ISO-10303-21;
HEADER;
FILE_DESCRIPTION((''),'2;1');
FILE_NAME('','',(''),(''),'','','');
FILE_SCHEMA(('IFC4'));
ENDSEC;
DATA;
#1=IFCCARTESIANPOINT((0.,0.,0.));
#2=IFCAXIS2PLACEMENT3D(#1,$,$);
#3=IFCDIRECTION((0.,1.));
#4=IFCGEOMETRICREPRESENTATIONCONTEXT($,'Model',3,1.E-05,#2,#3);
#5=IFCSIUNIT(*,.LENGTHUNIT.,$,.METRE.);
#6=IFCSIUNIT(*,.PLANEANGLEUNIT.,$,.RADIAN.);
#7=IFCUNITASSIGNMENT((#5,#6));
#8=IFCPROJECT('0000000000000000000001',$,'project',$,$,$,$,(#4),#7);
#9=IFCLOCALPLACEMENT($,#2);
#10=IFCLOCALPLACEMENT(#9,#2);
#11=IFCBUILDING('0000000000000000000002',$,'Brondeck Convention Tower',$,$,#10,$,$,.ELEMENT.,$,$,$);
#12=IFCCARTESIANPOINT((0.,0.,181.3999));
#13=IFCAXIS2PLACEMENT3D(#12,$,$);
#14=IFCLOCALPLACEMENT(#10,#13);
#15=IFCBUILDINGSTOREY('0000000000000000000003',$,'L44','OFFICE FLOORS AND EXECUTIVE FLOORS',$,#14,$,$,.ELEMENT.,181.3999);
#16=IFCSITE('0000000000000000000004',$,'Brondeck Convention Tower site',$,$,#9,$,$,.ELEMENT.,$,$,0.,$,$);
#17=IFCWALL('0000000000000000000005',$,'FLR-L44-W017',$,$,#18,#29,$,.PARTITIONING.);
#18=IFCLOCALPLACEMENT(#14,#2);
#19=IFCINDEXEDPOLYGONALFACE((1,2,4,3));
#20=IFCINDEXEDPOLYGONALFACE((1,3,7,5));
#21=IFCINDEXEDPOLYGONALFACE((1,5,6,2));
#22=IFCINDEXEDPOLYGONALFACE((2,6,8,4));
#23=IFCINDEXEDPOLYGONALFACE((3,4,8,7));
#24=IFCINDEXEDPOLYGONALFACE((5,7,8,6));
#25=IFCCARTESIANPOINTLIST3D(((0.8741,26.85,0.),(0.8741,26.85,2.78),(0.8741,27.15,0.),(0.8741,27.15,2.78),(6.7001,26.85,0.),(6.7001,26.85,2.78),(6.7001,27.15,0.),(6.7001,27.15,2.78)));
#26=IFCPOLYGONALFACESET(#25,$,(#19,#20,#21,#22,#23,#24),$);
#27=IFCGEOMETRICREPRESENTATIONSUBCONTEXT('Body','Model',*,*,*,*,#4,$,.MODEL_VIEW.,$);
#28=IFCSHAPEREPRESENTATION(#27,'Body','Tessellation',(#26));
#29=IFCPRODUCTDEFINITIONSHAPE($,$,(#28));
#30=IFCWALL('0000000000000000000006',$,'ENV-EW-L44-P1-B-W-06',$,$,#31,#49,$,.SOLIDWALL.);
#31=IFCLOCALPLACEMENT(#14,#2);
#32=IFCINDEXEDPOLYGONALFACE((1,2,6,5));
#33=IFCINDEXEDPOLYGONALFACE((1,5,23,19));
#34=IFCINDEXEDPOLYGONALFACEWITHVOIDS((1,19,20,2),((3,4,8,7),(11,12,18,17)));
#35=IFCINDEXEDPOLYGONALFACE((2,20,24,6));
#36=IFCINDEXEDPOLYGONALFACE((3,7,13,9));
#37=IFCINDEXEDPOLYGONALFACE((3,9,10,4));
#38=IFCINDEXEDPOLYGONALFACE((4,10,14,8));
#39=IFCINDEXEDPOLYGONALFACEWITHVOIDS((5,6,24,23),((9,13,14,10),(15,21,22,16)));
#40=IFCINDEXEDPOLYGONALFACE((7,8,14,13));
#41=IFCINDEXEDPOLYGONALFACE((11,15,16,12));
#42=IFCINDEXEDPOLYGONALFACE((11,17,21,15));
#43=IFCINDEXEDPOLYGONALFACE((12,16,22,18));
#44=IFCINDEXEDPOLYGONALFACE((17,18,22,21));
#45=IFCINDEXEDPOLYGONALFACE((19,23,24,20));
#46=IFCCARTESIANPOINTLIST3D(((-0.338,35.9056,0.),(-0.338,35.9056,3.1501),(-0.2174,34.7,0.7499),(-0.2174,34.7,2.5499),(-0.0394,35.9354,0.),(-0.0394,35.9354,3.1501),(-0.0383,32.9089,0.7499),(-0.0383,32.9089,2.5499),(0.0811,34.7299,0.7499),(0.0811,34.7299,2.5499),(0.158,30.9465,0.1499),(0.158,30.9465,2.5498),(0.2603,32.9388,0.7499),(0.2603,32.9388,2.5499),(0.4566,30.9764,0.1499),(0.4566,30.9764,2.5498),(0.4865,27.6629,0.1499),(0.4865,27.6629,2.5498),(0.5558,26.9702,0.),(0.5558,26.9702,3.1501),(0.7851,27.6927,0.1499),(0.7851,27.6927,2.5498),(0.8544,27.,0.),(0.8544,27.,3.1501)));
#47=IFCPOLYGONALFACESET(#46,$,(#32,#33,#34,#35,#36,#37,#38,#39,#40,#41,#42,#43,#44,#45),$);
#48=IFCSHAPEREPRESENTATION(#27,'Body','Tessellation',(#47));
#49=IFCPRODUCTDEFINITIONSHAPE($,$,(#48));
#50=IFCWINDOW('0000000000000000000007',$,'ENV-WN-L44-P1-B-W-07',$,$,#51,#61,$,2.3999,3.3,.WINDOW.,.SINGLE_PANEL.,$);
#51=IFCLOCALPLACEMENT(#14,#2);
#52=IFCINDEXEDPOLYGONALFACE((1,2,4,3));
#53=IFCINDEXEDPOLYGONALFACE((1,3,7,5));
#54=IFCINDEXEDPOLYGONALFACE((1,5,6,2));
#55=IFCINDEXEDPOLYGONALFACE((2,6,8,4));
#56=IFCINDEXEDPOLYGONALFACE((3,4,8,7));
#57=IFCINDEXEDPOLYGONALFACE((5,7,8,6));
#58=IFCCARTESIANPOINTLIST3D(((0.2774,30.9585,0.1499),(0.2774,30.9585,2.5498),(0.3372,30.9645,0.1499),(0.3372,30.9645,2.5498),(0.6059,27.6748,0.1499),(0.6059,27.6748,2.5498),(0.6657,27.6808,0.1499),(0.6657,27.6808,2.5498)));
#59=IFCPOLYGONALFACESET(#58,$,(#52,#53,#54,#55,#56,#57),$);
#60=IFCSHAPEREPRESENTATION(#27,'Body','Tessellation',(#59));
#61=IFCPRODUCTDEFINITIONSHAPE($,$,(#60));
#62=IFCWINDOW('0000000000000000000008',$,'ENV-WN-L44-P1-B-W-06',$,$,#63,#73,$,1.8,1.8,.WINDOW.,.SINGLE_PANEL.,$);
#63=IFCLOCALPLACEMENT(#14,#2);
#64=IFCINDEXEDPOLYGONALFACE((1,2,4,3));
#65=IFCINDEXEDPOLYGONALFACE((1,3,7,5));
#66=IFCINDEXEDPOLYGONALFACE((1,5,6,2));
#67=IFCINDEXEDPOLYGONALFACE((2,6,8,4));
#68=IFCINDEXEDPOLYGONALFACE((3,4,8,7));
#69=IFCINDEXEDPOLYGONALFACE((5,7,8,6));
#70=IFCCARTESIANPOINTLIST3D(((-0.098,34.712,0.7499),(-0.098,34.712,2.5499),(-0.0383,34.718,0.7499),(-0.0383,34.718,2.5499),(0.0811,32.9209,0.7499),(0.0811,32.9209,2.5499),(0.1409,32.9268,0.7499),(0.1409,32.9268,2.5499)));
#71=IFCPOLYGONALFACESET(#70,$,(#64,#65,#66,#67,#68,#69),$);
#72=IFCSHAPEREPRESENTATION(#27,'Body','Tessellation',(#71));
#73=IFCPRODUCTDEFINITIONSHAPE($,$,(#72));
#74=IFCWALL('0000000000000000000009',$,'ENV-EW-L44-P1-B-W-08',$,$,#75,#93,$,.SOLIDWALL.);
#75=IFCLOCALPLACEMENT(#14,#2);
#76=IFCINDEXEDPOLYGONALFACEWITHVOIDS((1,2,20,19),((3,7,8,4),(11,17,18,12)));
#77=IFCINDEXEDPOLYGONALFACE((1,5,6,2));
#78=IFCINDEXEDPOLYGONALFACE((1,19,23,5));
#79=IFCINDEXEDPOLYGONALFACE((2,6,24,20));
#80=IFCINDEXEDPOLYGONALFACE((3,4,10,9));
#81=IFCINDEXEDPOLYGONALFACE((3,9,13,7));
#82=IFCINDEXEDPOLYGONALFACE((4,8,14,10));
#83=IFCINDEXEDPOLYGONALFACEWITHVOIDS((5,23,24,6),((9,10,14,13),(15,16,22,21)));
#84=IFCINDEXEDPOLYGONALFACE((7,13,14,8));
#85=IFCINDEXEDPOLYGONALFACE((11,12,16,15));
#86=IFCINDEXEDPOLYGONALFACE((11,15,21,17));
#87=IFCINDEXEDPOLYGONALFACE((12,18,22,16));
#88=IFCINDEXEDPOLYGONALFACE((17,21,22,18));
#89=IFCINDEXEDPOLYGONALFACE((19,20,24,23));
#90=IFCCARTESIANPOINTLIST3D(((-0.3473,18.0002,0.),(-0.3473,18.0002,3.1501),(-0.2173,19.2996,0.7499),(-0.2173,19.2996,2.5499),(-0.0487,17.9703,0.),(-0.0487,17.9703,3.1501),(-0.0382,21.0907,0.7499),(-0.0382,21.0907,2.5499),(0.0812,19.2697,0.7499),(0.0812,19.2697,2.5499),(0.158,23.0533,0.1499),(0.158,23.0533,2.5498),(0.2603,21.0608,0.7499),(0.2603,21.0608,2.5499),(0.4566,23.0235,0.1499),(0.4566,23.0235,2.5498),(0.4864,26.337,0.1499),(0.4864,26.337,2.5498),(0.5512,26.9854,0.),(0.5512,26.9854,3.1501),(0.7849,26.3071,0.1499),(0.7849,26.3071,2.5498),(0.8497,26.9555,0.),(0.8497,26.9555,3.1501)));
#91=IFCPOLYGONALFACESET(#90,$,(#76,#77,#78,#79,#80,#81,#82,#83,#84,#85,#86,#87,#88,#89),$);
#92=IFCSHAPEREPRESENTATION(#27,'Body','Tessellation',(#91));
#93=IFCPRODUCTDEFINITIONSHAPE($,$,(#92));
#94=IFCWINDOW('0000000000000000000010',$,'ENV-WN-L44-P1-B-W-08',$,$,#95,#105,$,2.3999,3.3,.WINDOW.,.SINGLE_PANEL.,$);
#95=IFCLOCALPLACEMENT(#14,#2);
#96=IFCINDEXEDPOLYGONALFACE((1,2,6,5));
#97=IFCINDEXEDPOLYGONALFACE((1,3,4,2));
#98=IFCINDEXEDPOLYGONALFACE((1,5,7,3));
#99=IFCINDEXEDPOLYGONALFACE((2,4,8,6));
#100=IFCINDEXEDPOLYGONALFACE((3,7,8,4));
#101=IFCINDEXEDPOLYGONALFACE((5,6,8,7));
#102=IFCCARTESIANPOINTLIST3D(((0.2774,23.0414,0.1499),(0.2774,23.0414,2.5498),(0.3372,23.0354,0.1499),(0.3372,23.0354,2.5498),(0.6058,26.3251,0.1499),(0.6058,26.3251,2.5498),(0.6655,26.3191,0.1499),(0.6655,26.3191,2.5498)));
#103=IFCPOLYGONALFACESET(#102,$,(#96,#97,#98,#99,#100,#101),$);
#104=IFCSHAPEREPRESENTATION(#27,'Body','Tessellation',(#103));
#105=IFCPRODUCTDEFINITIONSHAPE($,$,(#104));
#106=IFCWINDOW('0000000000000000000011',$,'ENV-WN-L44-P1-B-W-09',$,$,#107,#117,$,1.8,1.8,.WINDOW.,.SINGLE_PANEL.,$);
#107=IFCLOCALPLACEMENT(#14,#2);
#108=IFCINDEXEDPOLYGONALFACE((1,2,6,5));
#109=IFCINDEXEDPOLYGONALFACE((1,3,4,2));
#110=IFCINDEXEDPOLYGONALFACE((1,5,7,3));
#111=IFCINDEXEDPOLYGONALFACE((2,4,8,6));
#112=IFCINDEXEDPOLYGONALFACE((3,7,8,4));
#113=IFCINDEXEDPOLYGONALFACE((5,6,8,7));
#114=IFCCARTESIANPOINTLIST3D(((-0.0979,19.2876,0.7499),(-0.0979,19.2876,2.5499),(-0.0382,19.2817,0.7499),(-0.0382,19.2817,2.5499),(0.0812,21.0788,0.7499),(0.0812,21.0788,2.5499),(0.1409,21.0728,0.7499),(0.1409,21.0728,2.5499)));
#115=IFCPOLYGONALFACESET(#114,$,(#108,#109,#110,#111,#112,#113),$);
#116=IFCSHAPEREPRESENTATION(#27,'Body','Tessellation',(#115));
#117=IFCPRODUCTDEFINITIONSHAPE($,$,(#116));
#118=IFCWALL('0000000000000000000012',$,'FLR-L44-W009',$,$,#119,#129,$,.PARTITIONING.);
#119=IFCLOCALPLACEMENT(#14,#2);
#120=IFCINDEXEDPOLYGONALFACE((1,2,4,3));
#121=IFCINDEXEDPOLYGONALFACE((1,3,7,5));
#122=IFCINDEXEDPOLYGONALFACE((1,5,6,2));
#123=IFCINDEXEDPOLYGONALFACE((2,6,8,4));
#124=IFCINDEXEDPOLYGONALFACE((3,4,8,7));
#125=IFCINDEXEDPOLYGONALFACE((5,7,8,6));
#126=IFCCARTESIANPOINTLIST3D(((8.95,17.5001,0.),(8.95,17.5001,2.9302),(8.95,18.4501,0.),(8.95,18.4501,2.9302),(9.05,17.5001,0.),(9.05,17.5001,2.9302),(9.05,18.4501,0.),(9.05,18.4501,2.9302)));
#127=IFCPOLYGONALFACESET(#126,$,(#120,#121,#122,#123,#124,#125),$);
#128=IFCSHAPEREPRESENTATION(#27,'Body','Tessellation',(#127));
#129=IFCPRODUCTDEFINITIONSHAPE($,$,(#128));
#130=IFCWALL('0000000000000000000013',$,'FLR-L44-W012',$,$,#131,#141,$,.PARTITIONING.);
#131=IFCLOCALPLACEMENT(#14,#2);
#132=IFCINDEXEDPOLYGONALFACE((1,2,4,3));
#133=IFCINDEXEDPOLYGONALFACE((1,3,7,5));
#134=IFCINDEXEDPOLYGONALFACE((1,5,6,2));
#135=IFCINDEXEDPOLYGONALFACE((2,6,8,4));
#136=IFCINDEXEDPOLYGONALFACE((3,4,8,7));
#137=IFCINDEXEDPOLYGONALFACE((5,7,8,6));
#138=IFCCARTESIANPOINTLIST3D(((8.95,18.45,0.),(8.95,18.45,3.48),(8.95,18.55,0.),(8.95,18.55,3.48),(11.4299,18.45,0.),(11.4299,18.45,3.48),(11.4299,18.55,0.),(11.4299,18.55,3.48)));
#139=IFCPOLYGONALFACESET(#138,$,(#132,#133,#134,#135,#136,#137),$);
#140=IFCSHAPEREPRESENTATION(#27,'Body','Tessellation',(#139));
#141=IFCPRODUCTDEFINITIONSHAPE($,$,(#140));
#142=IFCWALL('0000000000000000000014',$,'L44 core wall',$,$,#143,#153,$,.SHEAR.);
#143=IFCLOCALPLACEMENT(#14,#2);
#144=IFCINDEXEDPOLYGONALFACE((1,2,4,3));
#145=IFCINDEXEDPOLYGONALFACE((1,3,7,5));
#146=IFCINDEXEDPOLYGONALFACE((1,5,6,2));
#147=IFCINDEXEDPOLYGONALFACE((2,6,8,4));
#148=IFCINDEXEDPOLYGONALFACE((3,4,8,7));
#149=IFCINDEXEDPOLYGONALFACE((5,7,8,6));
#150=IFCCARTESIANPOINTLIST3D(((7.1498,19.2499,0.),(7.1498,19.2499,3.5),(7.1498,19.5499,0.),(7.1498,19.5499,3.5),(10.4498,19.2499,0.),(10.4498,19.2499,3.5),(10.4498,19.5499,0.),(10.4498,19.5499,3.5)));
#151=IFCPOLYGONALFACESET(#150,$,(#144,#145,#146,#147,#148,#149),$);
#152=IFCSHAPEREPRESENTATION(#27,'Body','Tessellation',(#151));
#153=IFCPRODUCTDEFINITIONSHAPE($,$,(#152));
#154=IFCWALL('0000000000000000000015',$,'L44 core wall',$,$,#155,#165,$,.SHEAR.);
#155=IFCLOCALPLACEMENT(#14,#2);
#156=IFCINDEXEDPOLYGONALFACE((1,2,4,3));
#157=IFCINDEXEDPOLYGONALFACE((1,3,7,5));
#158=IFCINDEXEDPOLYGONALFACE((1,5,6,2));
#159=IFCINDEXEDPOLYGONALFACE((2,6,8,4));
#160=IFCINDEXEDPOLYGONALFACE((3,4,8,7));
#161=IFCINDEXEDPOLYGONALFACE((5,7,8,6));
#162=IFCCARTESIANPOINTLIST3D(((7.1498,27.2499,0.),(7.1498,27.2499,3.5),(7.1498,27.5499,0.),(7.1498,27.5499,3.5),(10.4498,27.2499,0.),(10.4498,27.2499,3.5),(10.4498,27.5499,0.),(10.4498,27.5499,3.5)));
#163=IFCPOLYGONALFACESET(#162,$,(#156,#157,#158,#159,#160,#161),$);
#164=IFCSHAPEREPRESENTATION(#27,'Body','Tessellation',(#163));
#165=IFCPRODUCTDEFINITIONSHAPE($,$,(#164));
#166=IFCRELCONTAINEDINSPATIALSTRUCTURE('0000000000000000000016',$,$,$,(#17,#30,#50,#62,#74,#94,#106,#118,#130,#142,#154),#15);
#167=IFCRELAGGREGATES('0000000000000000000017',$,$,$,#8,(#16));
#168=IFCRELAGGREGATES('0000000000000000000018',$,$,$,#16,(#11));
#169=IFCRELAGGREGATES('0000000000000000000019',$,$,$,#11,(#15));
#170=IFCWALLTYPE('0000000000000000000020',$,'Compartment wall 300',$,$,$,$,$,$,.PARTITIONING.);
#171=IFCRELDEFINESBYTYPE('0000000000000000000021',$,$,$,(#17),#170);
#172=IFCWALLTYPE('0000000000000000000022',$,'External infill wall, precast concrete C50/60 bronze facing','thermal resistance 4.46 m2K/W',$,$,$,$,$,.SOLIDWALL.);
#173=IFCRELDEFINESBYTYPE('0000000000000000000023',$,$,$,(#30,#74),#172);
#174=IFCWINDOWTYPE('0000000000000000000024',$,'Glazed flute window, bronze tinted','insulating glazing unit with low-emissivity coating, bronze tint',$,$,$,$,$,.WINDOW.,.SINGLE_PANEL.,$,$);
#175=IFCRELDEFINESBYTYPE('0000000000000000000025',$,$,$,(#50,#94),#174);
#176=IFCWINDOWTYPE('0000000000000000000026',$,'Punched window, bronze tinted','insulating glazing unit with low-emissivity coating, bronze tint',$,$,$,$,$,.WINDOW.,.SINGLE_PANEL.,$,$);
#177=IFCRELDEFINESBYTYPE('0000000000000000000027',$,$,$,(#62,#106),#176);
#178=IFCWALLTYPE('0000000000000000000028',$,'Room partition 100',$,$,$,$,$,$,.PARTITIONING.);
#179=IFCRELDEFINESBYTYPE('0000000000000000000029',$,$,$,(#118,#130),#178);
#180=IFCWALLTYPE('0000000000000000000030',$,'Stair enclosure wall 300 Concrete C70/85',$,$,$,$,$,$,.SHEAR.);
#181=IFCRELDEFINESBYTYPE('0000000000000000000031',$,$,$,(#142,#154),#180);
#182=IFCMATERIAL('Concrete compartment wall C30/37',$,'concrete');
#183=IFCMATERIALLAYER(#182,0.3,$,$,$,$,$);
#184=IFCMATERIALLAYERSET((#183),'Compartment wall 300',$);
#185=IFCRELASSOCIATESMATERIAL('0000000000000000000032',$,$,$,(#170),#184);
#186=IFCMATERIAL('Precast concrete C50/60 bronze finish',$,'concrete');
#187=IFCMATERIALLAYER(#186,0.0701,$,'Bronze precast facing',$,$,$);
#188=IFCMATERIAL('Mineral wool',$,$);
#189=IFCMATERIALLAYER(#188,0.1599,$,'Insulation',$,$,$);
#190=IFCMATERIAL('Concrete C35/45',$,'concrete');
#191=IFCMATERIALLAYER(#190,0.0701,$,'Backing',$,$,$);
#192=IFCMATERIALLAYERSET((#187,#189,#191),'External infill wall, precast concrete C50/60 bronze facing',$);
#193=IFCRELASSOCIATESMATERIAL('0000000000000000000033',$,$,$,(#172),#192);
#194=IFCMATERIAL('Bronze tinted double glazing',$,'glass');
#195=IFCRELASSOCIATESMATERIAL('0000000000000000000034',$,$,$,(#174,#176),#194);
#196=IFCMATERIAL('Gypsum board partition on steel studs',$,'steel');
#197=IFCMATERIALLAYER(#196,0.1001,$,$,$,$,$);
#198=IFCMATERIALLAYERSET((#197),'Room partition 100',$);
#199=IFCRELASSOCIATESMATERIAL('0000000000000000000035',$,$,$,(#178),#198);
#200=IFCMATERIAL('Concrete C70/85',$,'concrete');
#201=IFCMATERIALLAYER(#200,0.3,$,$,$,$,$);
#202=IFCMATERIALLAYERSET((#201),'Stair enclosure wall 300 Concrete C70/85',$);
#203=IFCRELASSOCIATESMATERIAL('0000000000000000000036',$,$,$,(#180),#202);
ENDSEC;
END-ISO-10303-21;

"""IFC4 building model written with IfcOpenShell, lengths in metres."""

from ifc_helpers import new_model, si_unit, direction, frame, frame_2d, origin, place, context, subcontext, project, spatial, rectangle, extrude, material, layer, layer_set, type_object, element, fill, save


model = new_model("IFC4")

# Units and contexts
model_context = context("Model", 3, precision=1e-05, world=origin(), true_north=direction((0.0, 1.0)))
body_context = subcontext(model_context, "Body", "Model", "MODEL_VIEW")
ifc_project = project(units=[si_unit("LENGTHUNIT", "METRE"), si_unit("PLANEANGLEUNIT", "RADIAN")], contexts=[model_context])

# Site, building, storey
site_placement = place(None, origin())
site = spatial("IfcSite", under=ifc_project, at=site_placement, Name="Brondeck Convention Tower site", CompositionType="ELEMENT", RefElevation=0.0)
building_placement = place(site_placement, origin())
building = spatial("IfcBuilding", under=site, at=building_placement, Name="Brondeck Convention Tower", CompositionType="ELEMENT")
storey_placement = place(building_placement, frame((0.0, 0.0, 181.3999)))
storey = spatial("IfcBuildingStorey", under=building, at=storey_placement, Name="L44", Description="OFFICE FLOORS AND EXECUTIVE FLOORS", CompositionType="ELEMENT", Elevation=181.3999)

# Shared definitions
ifc_material_1 = material(Name="Concrete C70/85", Category="concrete")

# Wall
ifc_material_2 = material(Name="Concrete compartment wall C30/37", Category="concrete")
ifc_layer_1 = layer(ifc_material_2, 0.3)
ifc_layer_set_1 = layer_set([ifc_layer_1], Name="Compartment wall 300")
wall_type_1 = type_object("IfcWallType", Name="Compartment wall 300", PredefinedType="PARTITIONING", material=ifc_layer_set_1)
wall_1_placement = place(storey_placement, frame((0.874, 27.0, 0.0), z_axis=(0.0, 0.0, 1.0), x_axis=(1.0, 0.0, 0.0)))
element("IfcWall", 1, at=wall_1_placement, inside=storey, type_object=wall_type_1, Name="FLR-L44-W017", PredefinedType="PARTITIONING", context=body_context, shape_type="SweptSolid", body=[
    extrude(rectangle(XDim=5.8259, YDim=0.3, at=frame_2d((2.9131, 0.0))), origin(), (0.0, 0.0, 1.0), 2.78),
])

# Walls, openings, windows
ifc_material_3 = material(Name="Precast concrete C50/60 bronze finish", Category="concrete")
ifc_layer_2 = layer(ifc_material_3, 0.0701, Name="Bronze precast facing")
ifc_material_4 = material(Name="Mineral wool")
ifc_layer_3 = layer(ifc_material_4, 0.1599, Name="Insulation")
ifc_material_5 = material(Name="Concrete C35/45", Category="concrete")
ifc_layer_4 = layer(ifc_material_5, 0.0701, Name="Backing")
ifc_layer_set_2 = layer_set([ifc_layer_2, ifc_layer_3, ifc_layer_4], Name="External infill wall, precast concrete C50/60 bronze facing")
wall_type_2 = type_object("IfcWallType", Name="External infill wall, precast concrete C50/60 bronze facing", Description="thermal resistance 4.46 m2K/W", PredefinedType="SOLIDWALL", material=ifc_layer_set_2)
wall_2_placement = place(storey_placement, frame((0.7051, 26.9851, 0.0), z_axis=(0.0, 0.0, 1.0), x_axis=(-0.099533, 0.995034, 0.0)))
wall_2 = element("IfcWall", 2, at=wall_2_placement, inside=storey, type_object=wall_type_2, Name="ENV-EW-L44-P1-B-W-06", PredefinedType="SOLIDWALL", context=body_context, shape_type="SweptSolid", body=[
    extrude(rectangle(XDim=8.98, YDim=0.3, at=frame_2d((4.49, 0.0))), origin(), (0.0, 0.0, 1.0), 3.1501),
])
opening_1_placement = place(wall_2_placement, frame((0.6963, 0.0, 0.1499)))
opening_1 = element("IfcOpeningElement", 3, at=opening_1_placement, cuts=wall_2, PredefinedType="OPENING", context=body_context, shape_type="SweptSolid", body=[
    extrude(rectangle(XDim=3.3, YDim=2.3999, at=frame_2d((1.6499, 1.2))), frame((0.0, 0.1599, 0.0), z_axis=(0.0, -1.0, 0.0), x_axis=(1.0, 0.0, 0.0)), (0.0, 0.0, 1.0), 0.3201),
])
opening_2_placement = place(wall_2_placement, frame((5.9685, 0.0, 0.75)))
opening_2 = element("IfcOpeningElement", 4, at=opening_2_placement, cuts=wall_2, PredefinedType="OPENING", context=body_context, shape_type="SweptSolid", body=[
    extrude(rectangle(XDim=1.8, YDim=1.8, at=frame_2d((0.8999, 0.8999))), frame((0.0, 0.1599, 0.0), z_axis=(0.0, -1.0, 0.0), x_axis=(1.0, 0.0, 0.0)), (0.0, 0.0, 1.0), 0.3201),
])
ifc_material_6 = material(Name="Bronze tinted double glazing", Category="glass")
window_type_1 = type_object("IfcWindowType", Name="Glazed flute window, bronze tinted", Description="insulating glazing unit with low-emissivity coating, bronze tint", PartitioningType="SINGLE_PANEL", PredefinedType="WINDOW", material=ifc_material_6)
window_1_placement = place(opening_1_placement, origin())
window_1 = element("IfcWindow", 5, at=window_1_placement, inside=storey, type_object=window_type_1, Name="ENV-WN-L44-P1-B-W-07", OverallHeight=2.3999, OverallWidth=3.3, PartitioningType="SINGLE_PANEL", PredefinedType="WINDOW", context=body_context, shape_type="SweptSolid", body=[
    extrude(rectangle(XDim=3.3, YDim=2.3999, at=frame_2d((1.6499, 1.2))), frame((0.0, 0.03, 0.0), z_axis=(0.0, -1.0, 0.0), x_axis=(1.0, 0.0, 0.0)), (0.0, 0.0, 1.0), 0.0601),
])
fill(opening_1, window_1)
window_type_2 = type_object("IfcWindowType", Name="Punched window, bronze tinted", Description="insulating glazing unit with low-emissivity coating, bronze tint", PartitioningType="SINGLE_PANEL", PredefinedType="WINDOW", material=ifc_material_6)
window_2_placement = place(opening_2_placement, origin())
window_2 = element("IfcWindow", 6, at=window_2_placement, inside=storey, type_object=window_type_2, Name="ENV-WN-L44-P1-B-W-06", OverallHeight=1.8, OverallWidth=1.8, PartitioningType="SINGLE_PANEL", PredefinedType="WINDOW", context=body_context, shape_type="SweptSolid", body=[
    extrude(rectangle(XDim=1.8, YDim=1.8, at=frame_2d((0.8999, 0.8999))), frame((0.0, 0.03, 0.0), z_axis=(0.0, -1.0, 0.0), x_axis=(1.0, 0.0, 0.0)), (0.0, 0.0, 1.0), 0.0601),
])
fill(opening_2, window_2)
wall_3_placement = place(storey_placement, frame((-0.198, 17.9851, 0.0), z_axis=(0.0, 0.0, 1.0), x_axis=(0.099496, 0.995038, 0.0)))
wall_3 = element("IfcWall", 7, at=wall_3_placement, inside=storey, type_object=wall_type_2, Name="ENV-EW-L44-P1-B-W-08", PredefinedType="SOLIDWALL", context=body_context, shape_type="SweptSolid", body=[
    extrude(rectangle(XDim=9.03, YDim=0.3, at=frame_2d((4.5151, 0.0))), origin(), (0.0, 0.0, 1.0), 3.1501),
])
opening_3_placement = place(wall_3_placement, frame((1.3062, 0.0, 0.75)))
opening_3 = element("IfcOpeningElement", 8, at=opening_3_placement, cuts=wall_3, PredefinedType="OPENING", context=body_context, shape_type="SweptSolid", body=[
    extrude(rectangle(XDim=1.8, YDim=1.8, at=frame_2d((0.8999, 0.8999))), frame((0.0, 0.1599, 0.0), z_axis=(0.0, -1.0, 0.0), x_axis=(1.0, 0.0, 0.0)), (0.0, 0.0, 1.0), 0.3201),
])
opening_4_placement = place(wall_3_placement, frame((5.0786, 0.0, 0.1499)))
opening_4 = element("IfcOpeningElement", 9, at=opening_4_placement, cuts=wall_3, PredefinedType="OPENING", context=body_context, shape_type="SweptSolid", body=[
    extrude(rectangle(XDim=3.3, YDim=2.3999, at=frame_2d((1.6499, 1.2))), frame((0.0, 0.1599, 0.0), z_axis=(0.0, -1.0, 0.0), x_axis=(1.0, 0.0, 0.0)), (0.0, 0.0, 1.0), 0.3201),
])
window_3_placement = place(opening_4_placement, origin())
window_3 = element("IfcWindow", 10, at=window_3_placement, inside=storey, type_object=window_type_1, Name="ENV-WN-L44-P1-B-W-08", OverallHeight=2.3999, OverallWidth=3.3, PartitioningType="SINGLE_PANEL", PredefinedType="WINDOW", context=body_context, shape_type="SweptSolid", body=[
    extrude(rectangle(XDim=3.3, YDim=2.3999, at=frame_2d((1.6499, 1.2))), frame((0.0, 0.03, 0.0), z_axis=(0.0, -1.0, 0.0), x_axis=(1.0, 0.0, 0.0)), (0.0, 0.0, 1.0), 0.0601),
])
fill(opening_4, window_3)
window_4_placement = place(opening_3_placement, origin())
window_4 = element("IfcWindow", 11, at=window_4_placement, inside=storey, type_object=window_type_2, Name="ENV-WN-L44-P1-B-W-09", OverallHeight=1.8, OverallWidth=1.8, PartitioningType="SINGLE_PANEL", PredefinedType="WINDOW", context=body_context, shape_type="SweptSolid", body=[
    extrude(rectangle(XDim=1.8, YDim=1.8, at=frame_2d((0.8999, 0.8999))), frame((0.0, 0.03, 0.0), z_axis=(0.0, -1.0, 0.0), x_axis=(1.0, 0.0, 0.0)), (0.0, 0.0, 1.0), 0.0601),
])
fill(opening_3, window_4)

# Walls
ifc_material_7 = material(Name="Gypsum board partition on steel studs", Category="steel")
ifc_layer_5 = layer(ifc_material_7, 0.1001)
ifc_layer_set_3 = layer_set([ifc_layer_5], Name="Room partition 100")
wall_type_3 = type_object("IfcWallType", Name="Room partition 100", PredefinedType="PARTITIONING", material=ifc_layer_set_3)
wall_4_placement = place(storey_placement, frame((9.0, 17.5, 0.0), z_axis=(0.0, 0.0, 1.0), x_axis=(0.0, 1.0, 0.0)))
element("IfcWall", 12, at=wall_4_placement, inside=storey, type_object=wall_type_3, Name="FLR-L44-W009", PredefinedType="PARTITIONING", context=body_context, shape_type="SweptSolid", body=[
    extrude(rectangle(XDim=0.95, YDim=0.1001, at=frame_2d((0.4751, 0.0))), origin(), (0.0, 0.0, 1.0), 2.9302),
])
wall_5_placement = place(storey_placement, frame((8.95, 18.5, 0.0), z_axis=(0.0, 0.0, 1.0), x_axis=(1.0, 0.0, 0.0)))
element("IfcWall", 13, at=wall_5_placement, inside=storey, type_object=wall_type_3, Name="FLR-L44-W012", PredefinedType="PARTITIONING", context=body_context, shape_type="SweptSolid", body=[
    extrude(rectangle(XDim=2.48, YDim=0.1001, at=frame_2d((1.24, 0.0))), origin(), (0.0, 0.0, 1.0), 3.48),
])
ifc_layer_6 = layer(ifc_material_1, 0.3)
ifc_layer_set_4 = layer_set([ifc_layer_6], Name="Stair enclosure wall 300 Concrete C70/85")
wall_type_4 = type_object("IfcWallType", Name="Stair enclosure wall 300 Concrete C70/85", PredefinedType="SHEAR", material=ifc_layer_set_4)
for number, where, z_axis, x_axis, name in (
    (14, (7.1499, 19.3999, 0.0), (0.0, 0.0, 1.0), (1.0, 0.0, 0.0), "L44 core wall"),
    (15, (7.1499, 27.3999, 0.0), (0.0, 0.0, 1.0), (1.0, 0.0, 0.0), "L44 core wall"),
):
    element("IfcWall", number, at=place(storey_placement, frame(where, z_axis=z_axis, x_axis=x_axis)), inside=storey, type_object=wall_type_4, Name=name, PredefinedType="SHEAR", context=body_context, shape_type="SweptSolid", body=[
        extrude(rectangle(XDim=3.3, YDim=0.3, at=frame_2d((1.6499, 0.0))), origin(), (0.0, 0.0, 1.0), 3.5),
    ])

save(model, "model.ifc")
